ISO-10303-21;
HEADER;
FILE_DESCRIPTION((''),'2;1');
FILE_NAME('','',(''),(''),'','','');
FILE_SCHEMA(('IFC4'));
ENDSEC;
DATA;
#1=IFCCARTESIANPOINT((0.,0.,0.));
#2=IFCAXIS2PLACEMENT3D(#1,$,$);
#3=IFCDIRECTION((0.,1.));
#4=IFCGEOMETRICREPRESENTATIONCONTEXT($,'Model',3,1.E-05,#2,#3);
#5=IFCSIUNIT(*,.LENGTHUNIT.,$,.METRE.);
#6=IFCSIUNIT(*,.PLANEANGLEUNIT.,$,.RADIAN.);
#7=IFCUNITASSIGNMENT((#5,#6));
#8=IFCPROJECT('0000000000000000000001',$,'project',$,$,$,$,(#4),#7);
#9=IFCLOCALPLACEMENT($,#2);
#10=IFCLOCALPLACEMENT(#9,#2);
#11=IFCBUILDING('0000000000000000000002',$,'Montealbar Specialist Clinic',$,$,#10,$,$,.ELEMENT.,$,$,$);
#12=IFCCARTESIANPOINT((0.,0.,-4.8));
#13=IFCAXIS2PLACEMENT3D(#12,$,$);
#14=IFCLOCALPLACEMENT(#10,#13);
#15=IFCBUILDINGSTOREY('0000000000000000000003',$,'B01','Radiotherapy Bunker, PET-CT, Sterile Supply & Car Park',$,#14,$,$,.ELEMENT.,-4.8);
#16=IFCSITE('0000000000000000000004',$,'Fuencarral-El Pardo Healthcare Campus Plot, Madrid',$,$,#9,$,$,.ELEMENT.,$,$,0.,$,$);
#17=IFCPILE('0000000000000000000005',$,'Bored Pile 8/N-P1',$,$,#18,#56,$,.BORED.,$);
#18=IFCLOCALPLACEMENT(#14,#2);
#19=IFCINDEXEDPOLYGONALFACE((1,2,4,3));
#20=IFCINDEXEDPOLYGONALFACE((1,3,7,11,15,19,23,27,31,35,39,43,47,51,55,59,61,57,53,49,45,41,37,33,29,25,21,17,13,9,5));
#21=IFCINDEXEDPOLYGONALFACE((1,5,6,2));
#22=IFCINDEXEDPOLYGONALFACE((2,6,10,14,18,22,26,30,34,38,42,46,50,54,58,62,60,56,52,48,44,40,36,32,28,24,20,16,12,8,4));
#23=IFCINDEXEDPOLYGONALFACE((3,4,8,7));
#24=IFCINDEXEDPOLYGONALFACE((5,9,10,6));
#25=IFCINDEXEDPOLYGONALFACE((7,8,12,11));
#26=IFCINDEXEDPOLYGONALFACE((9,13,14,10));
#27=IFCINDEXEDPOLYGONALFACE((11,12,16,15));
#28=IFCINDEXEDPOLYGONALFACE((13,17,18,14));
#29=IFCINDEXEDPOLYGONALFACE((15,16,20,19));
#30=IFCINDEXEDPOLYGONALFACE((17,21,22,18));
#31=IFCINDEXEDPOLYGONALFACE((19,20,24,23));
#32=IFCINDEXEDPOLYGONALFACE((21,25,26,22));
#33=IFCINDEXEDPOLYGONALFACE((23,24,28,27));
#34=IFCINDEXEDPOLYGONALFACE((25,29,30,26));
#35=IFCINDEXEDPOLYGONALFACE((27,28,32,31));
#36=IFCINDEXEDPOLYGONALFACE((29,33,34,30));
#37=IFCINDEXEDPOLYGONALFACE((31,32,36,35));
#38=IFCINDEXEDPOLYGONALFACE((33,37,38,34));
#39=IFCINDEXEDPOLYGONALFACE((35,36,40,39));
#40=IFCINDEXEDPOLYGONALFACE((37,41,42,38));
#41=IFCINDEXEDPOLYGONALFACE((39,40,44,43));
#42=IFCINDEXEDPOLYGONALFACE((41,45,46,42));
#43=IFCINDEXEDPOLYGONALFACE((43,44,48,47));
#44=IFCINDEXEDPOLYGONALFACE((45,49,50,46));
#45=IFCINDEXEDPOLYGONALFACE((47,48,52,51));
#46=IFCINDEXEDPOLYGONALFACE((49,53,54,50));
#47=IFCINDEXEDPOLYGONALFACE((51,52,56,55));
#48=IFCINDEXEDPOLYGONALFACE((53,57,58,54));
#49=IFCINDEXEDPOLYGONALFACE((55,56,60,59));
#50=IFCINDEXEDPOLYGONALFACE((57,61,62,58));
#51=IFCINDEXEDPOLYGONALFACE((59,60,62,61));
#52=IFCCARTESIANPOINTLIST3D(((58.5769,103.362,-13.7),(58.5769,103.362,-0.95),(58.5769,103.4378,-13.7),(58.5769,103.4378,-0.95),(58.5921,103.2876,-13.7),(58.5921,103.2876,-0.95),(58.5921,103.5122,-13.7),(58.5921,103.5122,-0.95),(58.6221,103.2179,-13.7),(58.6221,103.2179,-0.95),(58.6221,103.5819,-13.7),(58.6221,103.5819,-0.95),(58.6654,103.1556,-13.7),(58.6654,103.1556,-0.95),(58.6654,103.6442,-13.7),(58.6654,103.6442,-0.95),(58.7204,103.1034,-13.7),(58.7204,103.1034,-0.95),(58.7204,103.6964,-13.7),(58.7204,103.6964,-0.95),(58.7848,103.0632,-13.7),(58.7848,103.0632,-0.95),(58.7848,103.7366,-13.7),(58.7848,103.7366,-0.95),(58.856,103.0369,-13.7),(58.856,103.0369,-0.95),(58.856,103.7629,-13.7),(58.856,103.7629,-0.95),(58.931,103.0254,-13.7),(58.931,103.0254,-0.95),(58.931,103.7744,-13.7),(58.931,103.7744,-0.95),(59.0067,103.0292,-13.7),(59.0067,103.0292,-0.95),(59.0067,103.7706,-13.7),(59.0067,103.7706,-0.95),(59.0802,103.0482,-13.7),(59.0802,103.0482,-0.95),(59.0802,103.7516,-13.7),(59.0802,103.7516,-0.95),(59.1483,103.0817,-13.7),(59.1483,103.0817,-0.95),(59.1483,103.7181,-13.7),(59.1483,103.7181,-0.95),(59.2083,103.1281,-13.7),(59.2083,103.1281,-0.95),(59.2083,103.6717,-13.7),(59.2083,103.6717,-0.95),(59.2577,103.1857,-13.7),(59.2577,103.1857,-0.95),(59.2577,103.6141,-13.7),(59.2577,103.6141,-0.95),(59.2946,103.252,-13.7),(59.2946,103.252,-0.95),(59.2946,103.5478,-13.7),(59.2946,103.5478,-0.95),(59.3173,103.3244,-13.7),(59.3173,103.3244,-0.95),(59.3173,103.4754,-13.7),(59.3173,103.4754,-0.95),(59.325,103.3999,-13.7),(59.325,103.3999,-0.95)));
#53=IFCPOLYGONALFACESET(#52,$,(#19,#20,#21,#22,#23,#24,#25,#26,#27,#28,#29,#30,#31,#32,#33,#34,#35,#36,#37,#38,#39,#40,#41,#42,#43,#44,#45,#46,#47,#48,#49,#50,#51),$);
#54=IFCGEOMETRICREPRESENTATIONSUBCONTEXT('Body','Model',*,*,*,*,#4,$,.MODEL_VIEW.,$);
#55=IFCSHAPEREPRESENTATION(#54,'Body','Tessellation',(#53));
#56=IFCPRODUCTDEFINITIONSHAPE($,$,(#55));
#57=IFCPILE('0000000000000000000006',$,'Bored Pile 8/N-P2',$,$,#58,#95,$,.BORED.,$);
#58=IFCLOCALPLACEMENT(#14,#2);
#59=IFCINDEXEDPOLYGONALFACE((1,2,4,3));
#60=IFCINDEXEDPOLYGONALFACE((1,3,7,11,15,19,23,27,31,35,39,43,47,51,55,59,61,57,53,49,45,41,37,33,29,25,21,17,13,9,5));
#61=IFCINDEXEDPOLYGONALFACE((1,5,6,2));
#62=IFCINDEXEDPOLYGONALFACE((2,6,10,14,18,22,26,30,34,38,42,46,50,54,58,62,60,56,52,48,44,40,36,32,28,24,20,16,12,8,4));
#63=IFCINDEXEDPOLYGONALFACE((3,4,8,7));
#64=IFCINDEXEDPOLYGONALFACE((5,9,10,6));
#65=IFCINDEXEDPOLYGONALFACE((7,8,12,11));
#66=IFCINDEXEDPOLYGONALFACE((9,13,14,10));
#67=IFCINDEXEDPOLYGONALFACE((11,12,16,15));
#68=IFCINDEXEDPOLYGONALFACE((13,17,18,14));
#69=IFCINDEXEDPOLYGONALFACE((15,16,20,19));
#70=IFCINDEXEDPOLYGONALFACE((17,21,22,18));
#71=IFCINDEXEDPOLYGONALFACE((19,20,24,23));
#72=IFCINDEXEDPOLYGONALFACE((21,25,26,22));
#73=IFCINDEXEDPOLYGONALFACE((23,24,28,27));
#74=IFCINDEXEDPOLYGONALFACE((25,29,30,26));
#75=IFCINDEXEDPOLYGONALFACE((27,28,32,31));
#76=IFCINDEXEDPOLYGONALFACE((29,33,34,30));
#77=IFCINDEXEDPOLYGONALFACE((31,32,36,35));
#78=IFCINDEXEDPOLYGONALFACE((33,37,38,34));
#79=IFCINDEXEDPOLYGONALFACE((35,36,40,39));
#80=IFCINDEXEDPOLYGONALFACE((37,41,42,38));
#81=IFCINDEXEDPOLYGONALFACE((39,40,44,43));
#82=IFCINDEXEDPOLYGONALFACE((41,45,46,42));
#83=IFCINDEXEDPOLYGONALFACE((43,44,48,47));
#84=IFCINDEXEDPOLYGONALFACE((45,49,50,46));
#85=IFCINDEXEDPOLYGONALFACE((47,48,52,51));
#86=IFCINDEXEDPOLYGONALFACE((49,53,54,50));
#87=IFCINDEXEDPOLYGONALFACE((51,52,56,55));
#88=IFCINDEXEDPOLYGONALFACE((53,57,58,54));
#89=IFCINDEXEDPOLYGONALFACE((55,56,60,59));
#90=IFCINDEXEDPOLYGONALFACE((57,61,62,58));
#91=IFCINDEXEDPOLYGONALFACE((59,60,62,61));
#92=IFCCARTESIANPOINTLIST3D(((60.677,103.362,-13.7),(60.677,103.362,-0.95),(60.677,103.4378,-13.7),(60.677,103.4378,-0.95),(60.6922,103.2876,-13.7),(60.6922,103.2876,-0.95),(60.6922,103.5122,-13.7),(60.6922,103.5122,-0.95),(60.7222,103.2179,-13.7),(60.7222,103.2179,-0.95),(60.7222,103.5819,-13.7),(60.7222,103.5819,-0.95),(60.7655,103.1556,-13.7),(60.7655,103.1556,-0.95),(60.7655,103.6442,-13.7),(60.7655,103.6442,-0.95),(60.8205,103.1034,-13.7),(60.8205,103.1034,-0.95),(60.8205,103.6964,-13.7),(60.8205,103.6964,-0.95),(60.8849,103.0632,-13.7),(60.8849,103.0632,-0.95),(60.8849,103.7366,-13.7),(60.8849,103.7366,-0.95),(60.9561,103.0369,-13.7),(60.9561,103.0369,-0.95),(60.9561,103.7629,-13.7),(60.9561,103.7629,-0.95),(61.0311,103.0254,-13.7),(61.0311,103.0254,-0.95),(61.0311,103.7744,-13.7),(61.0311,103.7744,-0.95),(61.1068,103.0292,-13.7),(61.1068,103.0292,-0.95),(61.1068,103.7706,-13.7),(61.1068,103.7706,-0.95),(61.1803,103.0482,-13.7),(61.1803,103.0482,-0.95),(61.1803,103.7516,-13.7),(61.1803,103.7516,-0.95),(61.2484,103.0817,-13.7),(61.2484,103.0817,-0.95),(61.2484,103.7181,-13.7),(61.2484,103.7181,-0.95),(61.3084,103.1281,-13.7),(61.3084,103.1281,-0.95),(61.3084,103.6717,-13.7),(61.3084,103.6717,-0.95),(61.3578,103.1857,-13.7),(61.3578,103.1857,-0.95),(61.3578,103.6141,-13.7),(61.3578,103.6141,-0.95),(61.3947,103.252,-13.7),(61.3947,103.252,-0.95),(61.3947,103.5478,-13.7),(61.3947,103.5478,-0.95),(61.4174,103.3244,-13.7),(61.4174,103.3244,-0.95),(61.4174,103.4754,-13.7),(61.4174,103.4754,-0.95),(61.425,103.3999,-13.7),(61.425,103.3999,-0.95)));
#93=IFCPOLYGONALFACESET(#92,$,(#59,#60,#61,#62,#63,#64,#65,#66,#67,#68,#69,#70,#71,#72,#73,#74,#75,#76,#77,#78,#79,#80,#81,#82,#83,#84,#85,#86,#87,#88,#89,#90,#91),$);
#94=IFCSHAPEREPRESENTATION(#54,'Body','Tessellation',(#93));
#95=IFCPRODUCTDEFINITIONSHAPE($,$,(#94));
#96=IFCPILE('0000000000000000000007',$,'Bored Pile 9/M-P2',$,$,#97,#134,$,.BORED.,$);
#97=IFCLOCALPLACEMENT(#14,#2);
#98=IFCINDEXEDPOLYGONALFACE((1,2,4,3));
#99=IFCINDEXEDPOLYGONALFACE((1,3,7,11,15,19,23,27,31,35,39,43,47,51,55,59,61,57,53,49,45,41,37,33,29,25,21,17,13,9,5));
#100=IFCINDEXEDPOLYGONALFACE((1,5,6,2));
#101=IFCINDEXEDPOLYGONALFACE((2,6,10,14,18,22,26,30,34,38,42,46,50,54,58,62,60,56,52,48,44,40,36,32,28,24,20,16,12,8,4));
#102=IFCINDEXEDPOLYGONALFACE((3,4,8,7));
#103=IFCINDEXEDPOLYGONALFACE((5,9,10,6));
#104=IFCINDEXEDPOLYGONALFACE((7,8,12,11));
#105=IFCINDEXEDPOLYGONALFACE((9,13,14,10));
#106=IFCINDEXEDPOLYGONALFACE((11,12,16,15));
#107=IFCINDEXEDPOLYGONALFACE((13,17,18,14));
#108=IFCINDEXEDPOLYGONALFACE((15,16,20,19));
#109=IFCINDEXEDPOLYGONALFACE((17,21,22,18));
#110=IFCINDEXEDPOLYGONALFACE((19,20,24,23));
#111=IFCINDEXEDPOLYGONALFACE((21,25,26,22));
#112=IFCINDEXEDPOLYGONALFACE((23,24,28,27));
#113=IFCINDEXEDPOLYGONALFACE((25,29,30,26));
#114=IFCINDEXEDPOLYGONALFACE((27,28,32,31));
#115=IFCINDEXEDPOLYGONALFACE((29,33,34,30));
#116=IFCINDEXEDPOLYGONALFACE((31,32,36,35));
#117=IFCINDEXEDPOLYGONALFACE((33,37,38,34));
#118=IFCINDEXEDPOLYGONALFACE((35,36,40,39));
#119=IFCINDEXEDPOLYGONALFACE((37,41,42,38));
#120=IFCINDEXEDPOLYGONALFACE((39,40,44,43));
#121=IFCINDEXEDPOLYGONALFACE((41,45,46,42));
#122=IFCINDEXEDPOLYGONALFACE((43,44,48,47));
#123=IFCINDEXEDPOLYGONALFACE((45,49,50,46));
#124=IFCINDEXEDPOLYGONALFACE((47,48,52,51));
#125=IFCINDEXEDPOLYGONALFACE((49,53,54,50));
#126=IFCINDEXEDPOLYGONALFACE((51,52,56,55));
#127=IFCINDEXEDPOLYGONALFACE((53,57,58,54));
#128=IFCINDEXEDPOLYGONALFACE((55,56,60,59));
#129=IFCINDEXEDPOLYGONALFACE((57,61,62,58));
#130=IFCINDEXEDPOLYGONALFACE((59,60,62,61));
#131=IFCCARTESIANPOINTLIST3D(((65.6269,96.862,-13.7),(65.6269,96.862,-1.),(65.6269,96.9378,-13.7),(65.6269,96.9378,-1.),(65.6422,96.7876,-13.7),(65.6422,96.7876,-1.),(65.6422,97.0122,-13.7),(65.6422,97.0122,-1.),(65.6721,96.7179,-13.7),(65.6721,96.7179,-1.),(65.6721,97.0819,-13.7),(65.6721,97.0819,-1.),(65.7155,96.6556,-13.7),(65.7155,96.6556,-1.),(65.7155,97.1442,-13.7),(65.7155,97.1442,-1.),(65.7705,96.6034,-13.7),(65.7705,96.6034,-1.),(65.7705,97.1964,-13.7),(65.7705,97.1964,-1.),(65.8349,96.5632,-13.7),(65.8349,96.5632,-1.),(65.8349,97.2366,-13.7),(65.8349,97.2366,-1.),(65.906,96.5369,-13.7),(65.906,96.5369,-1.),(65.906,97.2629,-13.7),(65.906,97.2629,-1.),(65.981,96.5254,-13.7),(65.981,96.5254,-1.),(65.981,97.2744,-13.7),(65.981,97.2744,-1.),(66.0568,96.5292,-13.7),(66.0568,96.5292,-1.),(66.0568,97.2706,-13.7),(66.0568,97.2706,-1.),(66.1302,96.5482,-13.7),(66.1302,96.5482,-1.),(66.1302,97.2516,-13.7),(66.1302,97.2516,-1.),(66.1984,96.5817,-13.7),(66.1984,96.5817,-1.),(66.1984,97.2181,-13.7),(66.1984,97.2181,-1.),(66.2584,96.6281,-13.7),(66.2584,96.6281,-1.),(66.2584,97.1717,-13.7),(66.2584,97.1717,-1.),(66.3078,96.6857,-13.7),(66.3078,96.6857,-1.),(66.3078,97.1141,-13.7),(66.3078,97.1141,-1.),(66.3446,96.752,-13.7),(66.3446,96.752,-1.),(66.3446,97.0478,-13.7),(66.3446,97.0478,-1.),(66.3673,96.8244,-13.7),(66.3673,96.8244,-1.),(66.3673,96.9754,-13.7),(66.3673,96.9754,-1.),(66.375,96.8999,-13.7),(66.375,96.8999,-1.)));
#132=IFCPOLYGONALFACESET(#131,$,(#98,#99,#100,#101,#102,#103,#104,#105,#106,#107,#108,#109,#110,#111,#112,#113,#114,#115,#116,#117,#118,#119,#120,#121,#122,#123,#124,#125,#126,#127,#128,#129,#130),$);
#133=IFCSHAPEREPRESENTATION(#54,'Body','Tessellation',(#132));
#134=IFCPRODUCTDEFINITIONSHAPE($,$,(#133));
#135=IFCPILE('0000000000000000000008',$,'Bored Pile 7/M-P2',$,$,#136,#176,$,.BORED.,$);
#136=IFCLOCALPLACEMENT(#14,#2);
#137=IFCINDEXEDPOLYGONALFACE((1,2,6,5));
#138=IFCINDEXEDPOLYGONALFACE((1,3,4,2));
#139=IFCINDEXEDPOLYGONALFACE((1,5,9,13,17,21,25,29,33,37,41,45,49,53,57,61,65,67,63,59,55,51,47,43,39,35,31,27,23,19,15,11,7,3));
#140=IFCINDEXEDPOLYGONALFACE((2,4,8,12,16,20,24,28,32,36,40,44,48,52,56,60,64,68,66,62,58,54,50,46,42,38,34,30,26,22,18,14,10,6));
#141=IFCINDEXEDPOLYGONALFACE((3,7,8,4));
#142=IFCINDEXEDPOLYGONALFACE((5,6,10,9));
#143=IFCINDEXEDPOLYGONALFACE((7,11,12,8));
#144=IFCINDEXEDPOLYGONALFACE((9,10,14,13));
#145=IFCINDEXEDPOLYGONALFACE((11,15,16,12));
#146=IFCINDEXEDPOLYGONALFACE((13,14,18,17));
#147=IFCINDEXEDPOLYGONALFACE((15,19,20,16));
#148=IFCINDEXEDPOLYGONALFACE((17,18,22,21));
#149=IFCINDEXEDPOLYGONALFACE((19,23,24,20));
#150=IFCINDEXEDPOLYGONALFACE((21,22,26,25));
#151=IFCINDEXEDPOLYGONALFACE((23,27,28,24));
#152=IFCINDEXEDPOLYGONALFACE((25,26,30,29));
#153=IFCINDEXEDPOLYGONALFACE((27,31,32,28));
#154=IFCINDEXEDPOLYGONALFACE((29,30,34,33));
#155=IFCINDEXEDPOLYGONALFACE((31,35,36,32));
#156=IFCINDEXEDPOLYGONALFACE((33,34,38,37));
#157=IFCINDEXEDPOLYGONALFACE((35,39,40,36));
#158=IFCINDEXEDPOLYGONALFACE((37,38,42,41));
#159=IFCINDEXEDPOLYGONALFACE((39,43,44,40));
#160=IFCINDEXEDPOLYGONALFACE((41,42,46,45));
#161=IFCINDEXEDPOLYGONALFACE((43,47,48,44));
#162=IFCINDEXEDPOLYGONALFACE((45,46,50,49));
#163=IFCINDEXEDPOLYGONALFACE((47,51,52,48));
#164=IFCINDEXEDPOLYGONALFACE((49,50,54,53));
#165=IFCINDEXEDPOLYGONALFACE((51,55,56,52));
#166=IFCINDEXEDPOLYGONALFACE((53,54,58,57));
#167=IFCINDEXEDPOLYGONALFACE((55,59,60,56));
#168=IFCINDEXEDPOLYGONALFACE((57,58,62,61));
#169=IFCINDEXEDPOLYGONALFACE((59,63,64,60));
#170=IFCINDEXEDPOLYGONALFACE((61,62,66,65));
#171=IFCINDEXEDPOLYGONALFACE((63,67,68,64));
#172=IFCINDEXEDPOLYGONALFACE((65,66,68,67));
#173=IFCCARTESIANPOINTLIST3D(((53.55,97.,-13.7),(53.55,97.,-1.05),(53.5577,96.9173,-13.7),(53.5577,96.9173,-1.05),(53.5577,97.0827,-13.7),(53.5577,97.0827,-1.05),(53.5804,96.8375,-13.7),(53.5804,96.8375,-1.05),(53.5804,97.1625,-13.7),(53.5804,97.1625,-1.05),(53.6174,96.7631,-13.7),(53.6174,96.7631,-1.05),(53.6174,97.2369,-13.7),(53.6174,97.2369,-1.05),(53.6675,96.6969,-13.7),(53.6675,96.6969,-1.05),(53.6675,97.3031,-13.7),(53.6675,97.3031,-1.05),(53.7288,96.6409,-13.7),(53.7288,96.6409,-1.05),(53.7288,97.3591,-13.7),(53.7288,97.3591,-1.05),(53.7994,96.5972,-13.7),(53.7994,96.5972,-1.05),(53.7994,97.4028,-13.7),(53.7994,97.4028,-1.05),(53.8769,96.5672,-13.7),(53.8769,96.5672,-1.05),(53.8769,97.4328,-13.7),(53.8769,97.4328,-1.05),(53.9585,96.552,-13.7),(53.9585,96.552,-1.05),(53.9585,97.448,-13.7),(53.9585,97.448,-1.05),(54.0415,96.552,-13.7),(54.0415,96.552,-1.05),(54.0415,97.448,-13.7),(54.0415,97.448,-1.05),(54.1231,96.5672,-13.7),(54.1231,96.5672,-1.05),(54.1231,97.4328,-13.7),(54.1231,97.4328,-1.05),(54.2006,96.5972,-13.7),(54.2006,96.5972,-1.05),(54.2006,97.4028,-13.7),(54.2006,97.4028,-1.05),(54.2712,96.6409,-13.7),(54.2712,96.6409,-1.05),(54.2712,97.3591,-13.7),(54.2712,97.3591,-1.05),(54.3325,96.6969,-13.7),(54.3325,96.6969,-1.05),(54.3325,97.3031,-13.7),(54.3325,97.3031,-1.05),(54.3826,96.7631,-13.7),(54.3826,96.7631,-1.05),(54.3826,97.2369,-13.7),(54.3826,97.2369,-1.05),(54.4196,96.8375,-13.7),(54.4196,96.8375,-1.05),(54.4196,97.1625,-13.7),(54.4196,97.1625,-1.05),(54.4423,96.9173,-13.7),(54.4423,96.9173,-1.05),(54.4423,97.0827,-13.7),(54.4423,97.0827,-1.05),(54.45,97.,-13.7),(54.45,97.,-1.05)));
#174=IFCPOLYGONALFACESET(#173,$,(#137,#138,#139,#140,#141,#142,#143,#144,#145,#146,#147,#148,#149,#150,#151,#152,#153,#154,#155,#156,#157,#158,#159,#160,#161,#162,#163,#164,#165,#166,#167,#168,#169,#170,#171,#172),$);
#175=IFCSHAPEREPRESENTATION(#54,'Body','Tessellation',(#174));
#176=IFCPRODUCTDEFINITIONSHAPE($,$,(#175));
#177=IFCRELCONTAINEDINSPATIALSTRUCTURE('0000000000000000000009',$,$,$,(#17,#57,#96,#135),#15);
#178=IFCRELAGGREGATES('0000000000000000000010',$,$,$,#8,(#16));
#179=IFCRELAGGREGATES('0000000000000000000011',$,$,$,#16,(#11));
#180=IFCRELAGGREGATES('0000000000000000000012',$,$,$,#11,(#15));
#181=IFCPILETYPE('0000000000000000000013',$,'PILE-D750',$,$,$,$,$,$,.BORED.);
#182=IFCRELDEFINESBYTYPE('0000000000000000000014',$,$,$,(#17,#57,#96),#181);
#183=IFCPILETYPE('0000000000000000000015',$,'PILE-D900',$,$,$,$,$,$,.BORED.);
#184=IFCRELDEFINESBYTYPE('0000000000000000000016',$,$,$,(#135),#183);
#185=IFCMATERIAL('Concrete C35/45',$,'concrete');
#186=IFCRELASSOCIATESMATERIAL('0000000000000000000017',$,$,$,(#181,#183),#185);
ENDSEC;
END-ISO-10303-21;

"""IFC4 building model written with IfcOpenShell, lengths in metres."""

from ifc_helpers import new_model, si_unit, direction, frame, origin, origin_2d, place, context, subcontext, project, spatial, circle, extrude, material, material_profile, profile_set, type_object, element, save


model = new_model("IFC4")

# Units and contexts
model_context = context("Model", 3, precision=1e-05, world=origin(), true_north=direction((0.0, 1.0)))
body_context = subcontext(model_context, "Body", "Model", "MODEL_VIEW")
ifc_project = project(units=[si_unit("LENGTHUNIT", "METRE"), si_unit("PLANEANGLEUNIT", "RADIAN")], contexts=[model_context])

# Site, building, storey
site_placement = place(None, origin())
site = spatial("IfcSite", under=ifc_project, at=site_placement, Name="Fuencarral-El Pardo Healthcare Campus Plot, Madrid", CompositionType="ELEMENT", RefElevation=0.0)
building_placement = place(site_placement, origin())
building = spatial("IfcBuilding", under=site, at=building_placement, Name="Montealbar Specialist Clinic", CompositionType="ELEMENT")
storey_placement = place(building_placement, frame((0.0, 0.0, -4.8)))
storey = spatial("IfcBuildingStorey", under=building, at=storey_placement, Name="B01", Description="Radiotherapy Bunker, PET-CT, Sterile Supply & Car Park", CompositionType="ELEMENT", Elevation=-4.8)

# Shared definitions
ifc_material_1 = material(Name="Concrete C35/45", Category="concrete")

# Piles
ifc_material_profile_1 = material_profile(ifc_material_1, circle(Radius=0.375, at=origin_2d()), Name="PILE D750", Category="concrete")
ifc_profile_set_1 = profile_set([ifc_material_profile_1], Name="Concrete C35/45")
pile_type_1 = type_object("IfcPileType", Name="PILE-D750", PredefinedType="BORED", material=ifc_profile_set_1)
for number, where, z_axis, x_axis, name in (
    (1, (58.95, 103.3999, -0.95), (0.0, 0.0, -1.0), (1.0, 0.0, 0.0), "Bored Pile 8/N-P1"),
    (2, (61.05, 103.3999, -0.95), (0.0, 0.0, -1.0), (1.0, 0.0, 0.0), "Bored Pile 8/N-P2"),
):
    element("IfcPile", number, at=place(storey_placement, frame(where, z_axis=z_axis, x_axis=x_axis)), inside=storey, type_object=pile_type_1, Name=name, PredefinedType="BORED", context=body_context, shape_type="SweptSolid", body=[
        extrude(circle(Radius=0.375, at=origin_2d()), origin(), (0.0, 0.0, 1.0), 12.75),
    ])
pile_1_placement = place(storey_placement, frame((66.0, 96.8999, -1.0), z_axis=(0.0, 0.0, -1.0), x_axis=(1.0, 0.0, 0.0)))
element("IfcPile", 3, at=pile_1_placement, inside=storey, type_object=pile_type_1, Name="Bored Pile 9/M-P2", PredefinedType="BORED", context=body_context, shape_type="SweptSolid", body=[
    extrude(circle(Radius=0.375, at=origin_2d()), origin(), (0.0, 0.0, 1.0), 12.7),
])
ifc_material_profile_2 = material_profile(ifc_material_1, circle(Radius=0.45, at=origin_2d()), Name="PILE D900", Category="concrete")
ifc_profile_set_2 = profile_set([ifc_material_profile_2], Name="Concrete C35/45")
pile_type_2 = type_object("IfcPileType", Name="PILE-D900", PredefinedType="BORED", material=ifc_profile_set_2)
pile_2_placement = place(storey_placement, frame((54.0, 97.0, -1.05), z_axis=(0.0, 0.0, -1.0), x_axis=(1.0, 0.0, 0.0)))
element("IfcPile", 4, at=pile_2_placement, inside=storey, type_object=pile_type_2, Name="Bored Pile 7/M-P2", PredefinedType="BORED", context=body_context, shape_type="SweptSolid", body=[
    extrude(circle(Radius=0.45, at=origin_2d()), origin(), (0.0, 0.0, 1.0), 12.6499),
])

save(model, "model.ifc")
